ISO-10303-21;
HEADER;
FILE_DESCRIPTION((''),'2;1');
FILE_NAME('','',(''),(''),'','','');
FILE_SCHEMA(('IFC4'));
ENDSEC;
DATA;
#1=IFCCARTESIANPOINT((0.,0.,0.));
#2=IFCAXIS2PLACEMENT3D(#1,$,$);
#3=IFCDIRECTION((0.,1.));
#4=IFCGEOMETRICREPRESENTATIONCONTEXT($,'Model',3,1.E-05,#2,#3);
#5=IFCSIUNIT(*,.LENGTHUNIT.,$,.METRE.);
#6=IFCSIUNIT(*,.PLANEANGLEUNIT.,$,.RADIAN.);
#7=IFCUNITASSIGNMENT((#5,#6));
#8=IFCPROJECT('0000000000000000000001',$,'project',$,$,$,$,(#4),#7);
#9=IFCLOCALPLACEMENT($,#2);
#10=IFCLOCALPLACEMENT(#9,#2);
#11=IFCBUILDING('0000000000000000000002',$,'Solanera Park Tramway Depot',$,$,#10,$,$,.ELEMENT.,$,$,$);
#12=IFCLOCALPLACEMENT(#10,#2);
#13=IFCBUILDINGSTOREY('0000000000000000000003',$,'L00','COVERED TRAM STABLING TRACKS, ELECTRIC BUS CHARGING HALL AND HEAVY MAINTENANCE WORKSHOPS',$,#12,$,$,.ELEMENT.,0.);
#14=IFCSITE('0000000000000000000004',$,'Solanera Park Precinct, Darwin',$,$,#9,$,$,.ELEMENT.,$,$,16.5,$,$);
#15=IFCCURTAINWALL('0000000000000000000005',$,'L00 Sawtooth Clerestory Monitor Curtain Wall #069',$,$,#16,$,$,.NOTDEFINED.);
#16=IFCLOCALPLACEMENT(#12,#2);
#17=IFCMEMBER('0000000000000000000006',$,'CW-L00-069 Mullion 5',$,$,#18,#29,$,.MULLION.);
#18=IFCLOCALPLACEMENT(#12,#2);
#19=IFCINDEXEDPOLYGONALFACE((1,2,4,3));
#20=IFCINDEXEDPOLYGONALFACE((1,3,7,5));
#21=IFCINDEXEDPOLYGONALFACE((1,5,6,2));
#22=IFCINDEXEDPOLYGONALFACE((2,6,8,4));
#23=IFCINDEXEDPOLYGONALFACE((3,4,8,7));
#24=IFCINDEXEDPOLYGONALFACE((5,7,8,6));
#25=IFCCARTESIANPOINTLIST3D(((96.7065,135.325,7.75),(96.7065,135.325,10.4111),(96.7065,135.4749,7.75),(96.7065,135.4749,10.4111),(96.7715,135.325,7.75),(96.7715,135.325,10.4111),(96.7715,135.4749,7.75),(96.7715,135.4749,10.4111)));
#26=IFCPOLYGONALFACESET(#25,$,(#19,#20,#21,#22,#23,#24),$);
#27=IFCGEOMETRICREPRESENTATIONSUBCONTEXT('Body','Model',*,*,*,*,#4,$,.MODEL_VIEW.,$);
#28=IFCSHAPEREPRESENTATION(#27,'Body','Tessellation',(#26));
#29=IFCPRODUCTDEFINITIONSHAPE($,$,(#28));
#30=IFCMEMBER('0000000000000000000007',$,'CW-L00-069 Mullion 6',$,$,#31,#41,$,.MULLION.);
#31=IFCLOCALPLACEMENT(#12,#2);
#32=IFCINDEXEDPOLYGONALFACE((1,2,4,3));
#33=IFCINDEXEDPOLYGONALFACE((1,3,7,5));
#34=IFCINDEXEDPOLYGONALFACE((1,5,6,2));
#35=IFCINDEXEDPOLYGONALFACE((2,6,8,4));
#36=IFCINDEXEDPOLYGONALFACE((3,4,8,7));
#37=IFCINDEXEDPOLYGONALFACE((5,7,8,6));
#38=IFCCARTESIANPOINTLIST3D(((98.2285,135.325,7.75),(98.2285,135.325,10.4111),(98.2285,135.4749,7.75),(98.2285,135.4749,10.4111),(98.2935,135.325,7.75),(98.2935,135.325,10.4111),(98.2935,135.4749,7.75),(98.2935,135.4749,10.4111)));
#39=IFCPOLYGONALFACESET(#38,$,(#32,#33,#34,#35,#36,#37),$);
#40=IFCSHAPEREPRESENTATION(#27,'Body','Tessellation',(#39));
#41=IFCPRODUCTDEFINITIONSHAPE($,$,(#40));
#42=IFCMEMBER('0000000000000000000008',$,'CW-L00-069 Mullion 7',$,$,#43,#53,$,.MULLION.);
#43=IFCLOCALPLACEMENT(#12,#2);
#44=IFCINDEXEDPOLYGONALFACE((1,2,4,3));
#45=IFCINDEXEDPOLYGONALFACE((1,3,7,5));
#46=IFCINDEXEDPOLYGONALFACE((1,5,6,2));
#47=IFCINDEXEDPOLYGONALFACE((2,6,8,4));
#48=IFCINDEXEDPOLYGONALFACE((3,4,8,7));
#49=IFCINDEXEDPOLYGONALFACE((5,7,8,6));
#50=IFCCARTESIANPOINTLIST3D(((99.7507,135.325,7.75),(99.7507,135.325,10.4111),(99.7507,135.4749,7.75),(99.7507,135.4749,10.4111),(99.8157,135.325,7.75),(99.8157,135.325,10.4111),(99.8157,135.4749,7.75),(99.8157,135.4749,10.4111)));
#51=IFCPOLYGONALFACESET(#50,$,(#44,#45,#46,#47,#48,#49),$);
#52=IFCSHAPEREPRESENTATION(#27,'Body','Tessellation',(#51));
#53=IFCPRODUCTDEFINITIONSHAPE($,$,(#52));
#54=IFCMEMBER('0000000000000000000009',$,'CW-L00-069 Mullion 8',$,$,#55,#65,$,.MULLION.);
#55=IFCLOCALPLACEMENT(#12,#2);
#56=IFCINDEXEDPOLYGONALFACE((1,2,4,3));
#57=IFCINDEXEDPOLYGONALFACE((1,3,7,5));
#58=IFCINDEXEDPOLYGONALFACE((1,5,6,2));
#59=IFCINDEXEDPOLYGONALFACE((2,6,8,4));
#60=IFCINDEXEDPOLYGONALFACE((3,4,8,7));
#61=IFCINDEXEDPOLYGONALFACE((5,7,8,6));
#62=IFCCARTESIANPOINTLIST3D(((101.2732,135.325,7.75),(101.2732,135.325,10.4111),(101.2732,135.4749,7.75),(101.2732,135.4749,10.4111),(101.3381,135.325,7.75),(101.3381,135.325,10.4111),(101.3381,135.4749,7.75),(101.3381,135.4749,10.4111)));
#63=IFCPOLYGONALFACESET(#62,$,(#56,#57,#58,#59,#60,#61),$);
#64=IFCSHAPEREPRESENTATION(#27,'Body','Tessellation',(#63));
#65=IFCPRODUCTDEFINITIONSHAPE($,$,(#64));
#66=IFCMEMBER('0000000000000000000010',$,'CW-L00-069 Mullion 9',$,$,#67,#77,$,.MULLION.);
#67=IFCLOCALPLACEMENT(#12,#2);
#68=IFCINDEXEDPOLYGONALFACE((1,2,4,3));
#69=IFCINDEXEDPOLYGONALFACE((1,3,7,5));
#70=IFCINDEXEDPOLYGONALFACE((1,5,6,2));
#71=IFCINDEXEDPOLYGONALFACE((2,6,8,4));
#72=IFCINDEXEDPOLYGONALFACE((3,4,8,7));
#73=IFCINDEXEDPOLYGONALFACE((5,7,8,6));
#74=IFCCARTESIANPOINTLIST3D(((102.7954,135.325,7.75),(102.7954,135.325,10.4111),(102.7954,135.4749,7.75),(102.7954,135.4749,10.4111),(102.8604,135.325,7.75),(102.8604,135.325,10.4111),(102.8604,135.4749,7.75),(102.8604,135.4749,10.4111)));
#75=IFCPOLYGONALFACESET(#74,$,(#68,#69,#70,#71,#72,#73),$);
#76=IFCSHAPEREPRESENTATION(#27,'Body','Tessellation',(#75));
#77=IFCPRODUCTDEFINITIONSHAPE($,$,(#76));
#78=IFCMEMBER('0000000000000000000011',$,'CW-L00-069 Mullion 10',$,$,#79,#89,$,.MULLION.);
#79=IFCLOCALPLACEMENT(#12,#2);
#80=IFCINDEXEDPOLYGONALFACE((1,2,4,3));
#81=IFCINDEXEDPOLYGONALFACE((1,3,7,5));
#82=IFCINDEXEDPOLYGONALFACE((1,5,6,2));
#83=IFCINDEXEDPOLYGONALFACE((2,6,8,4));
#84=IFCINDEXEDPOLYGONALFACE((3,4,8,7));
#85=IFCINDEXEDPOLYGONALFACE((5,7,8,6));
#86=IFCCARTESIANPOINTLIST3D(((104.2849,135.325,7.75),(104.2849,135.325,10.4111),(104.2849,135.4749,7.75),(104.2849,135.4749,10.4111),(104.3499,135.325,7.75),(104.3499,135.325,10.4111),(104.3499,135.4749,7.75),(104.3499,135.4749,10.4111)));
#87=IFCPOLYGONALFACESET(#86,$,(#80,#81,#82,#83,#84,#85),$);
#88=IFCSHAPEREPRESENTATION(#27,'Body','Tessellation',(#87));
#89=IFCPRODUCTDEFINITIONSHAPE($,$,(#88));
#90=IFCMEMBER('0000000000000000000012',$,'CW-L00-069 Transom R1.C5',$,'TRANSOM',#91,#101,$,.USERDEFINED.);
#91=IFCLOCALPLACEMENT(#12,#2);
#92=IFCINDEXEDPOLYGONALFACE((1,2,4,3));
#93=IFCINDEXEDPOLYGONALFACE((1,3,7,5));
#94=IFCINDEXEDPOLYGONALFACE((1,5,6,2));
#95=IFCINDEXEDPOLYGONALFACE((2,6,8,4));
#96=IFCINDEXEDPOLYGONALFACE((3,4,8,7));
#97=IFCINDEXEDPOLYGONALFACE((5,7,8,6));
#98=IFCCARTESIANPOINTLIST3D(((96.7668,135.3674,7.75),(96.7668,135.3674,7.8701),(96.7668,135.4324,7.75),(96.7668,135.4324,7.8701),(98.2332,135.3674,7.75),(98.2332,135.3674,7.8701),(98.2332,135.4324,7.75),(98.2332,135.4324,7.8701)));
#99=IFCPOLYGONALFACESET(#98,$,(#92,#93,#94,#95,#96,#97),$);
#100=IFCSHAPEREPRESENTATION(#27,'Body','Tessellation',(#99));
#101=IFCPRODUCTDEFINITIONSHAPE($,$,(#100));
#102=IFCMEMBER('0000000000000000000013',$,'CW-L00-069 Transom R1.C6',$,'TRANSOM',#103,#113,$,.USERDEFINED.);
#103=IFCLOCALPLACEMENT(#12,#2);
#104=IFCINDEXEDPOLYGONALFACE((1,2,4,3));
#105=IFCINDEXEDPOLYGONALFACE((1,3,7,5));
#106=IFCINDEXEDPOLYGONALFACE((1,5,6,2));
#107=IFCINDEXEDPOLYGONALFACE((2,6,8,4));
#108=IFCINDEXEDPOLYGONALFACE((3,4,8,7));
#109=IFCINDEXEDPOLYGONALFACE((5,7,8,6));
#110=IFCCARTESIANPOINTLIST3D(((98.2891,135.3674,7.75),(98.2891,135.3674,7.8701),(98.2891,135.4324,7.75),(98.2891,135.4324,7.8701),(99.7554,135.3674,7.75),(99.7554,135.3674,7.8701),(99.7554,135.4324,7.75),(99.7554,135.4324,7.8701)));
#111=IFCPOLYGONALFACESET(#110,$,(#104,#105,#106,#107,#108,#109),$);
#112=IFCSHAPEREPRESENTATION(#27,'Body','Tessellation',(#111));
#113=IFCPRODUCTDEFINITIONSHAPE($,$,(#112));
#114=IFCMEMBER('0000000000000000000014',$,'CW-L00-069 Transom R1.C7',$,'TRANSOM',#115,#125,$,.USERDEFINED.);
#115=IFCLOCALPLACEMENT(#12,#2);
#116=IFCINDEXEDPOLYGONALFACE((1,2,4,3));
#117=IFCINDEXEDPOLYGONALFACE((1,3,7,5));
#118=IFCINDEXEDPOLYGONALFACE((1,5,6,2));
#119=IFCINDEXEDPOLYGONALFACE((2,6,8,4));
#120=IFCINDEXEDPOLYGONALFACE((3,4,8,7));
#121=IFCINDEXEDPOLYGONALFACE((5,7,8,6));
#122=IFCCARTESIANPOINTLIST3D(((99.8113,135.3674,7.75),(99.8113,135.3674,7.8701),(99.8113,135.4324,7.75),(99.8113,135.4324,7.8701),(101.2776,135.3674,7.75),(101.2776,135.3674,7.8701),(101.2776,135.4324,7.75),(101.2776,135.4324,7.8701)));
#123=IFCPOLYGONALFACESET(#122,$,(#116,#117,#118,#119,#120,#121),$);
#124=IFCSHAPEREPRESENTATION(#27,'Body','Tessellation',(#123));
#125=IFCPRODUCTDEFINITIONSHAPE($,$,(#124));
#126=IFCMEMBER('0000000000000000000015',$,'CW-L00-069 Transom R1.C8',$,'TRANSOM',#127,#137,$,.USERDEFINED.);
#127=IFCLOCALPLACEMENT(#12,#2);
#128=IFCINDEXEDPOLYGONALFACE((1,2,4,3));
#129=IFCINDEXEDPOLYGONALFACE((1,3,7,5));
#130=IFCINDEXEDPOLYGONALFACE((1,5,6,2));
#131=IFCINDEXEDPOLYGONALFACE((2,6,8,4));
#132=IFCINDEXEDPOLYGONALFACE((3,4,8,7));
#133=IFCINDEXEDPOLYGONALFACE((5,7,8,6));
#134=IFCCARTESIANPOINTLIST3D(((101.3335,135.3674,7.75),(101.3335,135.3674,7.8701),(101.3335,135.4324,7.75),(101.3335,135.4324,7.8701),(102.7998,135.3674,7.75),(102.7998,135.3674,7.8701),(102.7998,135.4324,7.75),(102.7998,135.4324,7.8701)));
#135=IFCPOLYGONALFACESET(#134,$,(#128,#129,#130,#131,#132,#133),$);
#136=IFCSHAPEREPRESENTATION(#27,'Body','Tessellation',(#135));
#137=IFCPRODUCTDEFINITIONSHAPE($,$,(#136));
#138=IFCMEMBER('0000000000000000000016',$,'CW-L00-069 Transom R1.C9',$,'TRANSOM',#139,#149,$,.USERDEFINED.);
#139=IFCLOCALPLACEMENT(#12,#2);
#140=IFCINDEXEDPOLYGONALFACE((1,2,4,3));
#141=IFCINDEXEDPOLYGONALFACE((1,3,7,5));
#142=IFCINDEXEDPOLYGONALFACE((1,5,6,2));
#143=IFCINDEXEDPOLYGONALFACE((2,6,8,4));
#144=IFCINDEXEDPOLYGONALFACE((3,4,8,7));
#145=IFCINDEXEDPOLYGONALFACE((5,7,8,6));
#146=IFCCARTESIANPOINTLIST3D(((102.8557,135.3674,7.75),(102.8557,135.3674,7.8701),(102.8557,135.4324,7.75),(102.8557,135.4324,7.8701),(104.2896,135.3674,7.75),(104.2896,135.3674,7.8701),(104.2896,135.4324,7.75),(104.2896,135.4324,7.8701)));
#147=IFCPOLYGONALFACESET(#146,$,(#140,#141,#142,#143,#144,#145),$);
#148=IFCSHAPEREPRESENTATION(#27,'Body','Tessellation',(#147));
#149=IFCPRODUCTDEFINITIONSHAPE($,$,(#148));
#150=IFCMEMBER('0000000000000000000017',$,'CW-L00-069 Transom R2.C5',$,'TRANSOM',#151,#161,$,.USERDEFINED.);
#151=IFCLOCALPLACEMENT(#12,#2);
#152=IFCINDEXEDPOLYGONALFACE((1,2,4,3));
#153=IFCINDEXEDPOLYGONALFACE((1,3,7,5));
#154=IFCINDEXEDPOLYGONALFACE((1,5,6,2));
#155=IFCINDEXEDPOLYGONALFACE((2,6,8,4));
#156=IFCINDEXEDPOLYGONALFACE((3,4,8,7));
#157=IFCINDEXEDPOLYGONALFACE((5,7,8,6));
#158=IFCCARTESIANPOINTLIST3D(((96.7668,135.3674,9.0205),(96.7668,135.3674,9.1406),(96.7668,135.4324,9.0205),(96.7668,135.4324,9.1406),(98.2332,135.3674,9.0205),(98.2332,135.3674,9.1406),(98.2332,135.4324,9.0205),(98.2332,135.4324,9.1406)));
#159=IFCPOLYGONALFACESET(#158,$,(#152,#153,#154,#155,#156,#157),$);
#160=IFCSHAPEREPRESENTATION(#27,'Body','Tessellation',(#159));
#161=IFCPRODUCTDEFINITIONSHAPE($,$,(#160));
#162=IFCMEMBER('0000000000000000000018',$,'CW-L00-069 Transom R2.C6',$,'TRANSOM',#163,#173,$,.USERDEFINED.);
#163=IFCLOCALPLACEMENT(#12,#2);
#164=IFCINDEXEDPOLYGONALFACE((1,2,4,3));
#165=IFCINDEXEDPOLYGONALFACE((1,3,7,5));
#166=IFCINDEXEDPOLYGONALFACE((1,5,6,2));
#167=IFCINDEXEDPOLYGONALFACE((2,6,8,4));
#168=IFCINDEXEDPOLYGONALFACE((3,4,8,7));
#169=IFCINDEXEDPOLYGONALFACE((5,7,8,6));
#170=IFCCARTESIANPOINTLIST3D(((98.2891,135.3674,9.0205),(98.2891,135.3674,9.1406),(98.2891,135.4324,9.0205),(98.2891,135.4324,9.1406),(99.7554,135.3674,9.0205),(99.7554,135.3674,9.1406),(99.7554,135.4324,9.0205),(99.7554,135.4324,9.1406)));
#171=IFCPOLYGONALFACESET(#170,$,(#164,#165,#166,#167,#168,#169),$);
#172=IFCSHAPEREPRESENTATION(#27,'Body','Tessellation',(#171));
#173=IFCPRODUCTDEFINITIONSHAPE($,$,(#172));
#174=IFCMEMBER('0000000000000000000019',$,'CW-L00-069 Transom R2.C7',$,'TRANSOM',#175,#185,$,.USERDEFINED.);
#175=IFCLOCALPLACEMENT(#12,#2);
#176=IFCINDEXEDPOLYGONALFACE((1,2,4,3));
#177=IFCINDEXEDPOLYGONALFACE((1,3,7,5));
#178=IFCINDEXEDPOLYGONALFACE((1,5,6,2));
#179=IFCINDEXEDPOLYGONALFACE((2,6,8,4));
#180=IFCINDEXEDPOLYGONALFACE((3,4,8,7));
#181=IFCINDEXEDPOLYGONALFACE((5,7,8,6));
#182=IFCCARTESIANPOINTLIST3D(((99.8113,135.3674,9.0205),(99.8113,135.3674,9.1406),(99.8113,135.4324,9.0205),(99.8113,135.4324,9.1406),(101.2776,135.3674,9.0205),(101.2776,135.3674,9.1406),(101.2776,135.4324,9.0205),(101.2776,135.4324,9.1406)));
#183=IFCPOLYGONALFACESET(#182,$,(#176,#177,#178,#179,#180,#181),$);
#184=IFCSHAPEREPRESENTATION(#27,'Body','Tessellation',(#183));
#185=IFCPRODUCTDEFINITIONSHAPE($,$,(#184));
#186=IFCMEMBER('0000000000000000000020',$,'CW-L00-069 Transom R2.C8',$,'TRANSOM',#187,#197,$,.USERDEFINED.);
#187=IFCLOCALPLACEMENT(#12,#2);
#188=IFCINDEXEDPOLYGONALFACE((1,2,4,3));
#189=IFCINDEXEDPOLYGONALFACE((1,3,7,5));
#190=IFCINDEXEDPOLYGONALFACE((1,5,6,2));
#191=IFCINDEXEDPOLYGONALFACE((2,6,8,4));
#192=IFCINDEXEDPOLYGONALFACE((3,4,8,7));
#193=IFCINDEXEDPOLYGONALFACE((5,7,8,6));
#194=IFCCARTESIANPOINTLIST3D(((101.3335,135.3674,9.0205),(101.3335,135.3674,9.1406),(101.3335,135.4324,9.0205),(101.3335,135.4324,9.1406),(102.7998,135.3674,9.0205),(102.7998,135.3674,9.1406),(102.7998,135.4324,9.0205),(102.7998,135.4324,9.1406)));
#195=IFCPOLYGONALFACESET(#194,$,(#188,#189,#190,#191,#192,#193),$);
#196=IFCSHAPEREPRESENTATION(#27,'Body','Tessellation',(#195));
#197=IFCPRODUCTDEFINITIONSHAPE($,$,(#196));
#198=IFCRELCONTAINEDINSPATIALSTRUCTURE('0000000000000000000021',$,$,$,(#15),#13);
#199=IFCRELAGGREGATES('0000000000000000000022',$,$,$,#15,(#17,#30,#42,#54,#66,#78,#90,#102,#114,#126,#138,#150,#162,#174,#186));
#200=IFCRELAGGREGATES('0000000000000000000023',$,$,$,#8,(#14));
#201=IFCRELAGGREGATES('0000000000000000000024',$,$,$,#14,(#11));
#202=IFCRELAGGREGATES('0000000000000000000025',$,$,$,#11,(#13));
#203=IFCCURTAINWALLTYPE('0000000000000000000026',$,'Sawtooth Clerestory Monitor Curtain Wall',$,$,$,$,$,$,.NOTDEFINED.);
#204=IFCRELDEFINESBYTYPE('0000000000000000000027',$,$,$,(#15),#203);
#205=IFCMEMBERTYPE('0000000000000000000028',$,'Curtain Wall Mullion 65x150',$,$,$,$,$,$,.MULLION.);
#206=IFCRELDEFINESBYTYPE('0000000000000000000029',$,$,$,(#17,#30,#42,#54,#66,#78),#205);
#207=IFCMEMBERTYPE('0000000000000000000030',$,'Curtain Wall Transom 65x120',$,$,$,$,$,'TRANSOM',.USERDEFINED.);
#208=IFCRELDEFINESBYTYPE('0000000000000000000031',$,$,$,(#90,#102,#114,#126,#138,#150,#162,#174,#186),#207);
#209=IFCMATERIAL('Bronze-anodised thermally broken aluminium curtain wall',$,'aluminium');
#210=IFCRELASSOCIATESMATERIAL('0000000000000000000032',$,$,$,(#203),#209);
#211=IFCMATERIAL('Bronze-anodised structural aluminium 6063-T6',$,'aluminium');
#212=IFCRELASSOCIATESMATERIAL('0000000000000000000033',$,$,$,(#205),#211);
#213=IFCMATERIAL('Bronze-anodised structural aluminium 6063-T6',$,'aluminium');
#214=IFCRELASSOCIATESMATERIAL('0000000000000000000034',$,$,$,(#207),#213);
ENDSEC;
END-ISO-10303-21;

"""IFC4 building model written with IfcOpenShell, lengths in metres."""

from ifc_helpers import new_model, si_unit, direction, frame, origin, origin_2d, place, context, subcontext, project, spatial, rectangle, extrude, material, material_profile, profile_set, type_object, element, aggregate, save


model = new_model("IFC4")

# Units and contexts
model_context = context("Model", 3, precision=1e-05, world=origin(), true_north=direction((0.0, 1.0)))
body_context = subcontext(model_context, "Body", "Model", "MODEL_VIEW")
ifc_project = project(units=[si_unit("LENGTHUNIT", "METRE"), si_unit("PLANEANGLEUNIT", "RADIAN")], contexts=[model_context])

# Site, building, storey
site_placement = place(None, origin())
site = spatial("IfcSite", under=ifc_project, at=site_placement, Name="Solanera Park Precinct, Darwin", CompositionType="ELEMENT", RefElevation=16.5)
building_placement = place(site_placement, origin())
building = spatial("IfcBuilding", under=site, at=building_placement, Name="Solanera Park Tramway Depot", CompositionType="ELEMENT")
storey_placement = place(building_placement, origin())
storey = spatial("IfcBuildingStorey", under=building, at=storey_placement, Name="L00", Description="COVERED TRAM STABLING TRACKS, ELECTRIC BUS CHARGING HALL AND HEAVY MAINTENANCE WORKSHOPS", CompositionType="ELEMENT", Elevation=0.0)

# Curtain wall, members
ifc_material_1 = material(Name="Bronze-anodised thermally broken aluminium curtain wall", Category="aluminium")
curtain_wall_type = type_object("IfcCurtainWallType", Name="Sawtooth Clerestory Monitor Curtain Wall", PredefinedType="NOTDEFINED", material=ifc_material_1)
curtain_wall_placement = place(storey_placement, origin())
curtain_wall = element("IfcCurtainWall", 1, at=curtain_wall_placement, inside=storey, type_object=curtain_wall_type, Name="L00 Sawtooth Clerestory Monitor Curtain Wall #069", PredefinedType="NOTDEFINED")
ifc_material_2 = material(Name="Bronze-anodised structural aluminium 6063-T6", Category="aluminium")
ifc_material_profile_1 = material_profile(ifc_material_2, rectangle(XDim=0.0649, YDim=0.1499, at=origin_2d()), Name="Curtain Wall Mullion 65x150")
ifc_profile_set_1 = profile_set([ifc_material_profile_1], Name="Bronze-anodised structural aluminium 6063-T6")
member_type_1 = type_object("IfcMemberType", Name="Curtain Wall Mullion 65x150", PredefinedType="MULLION", material=ifc_profile_set_1)
member_1_placement = place(storey_placement, frame((96.739, 135.3999, 7.75), z_axis=(0.0, 0.0, 1.0), x_axis=(1.0, 0.0, 0.0)))
member_1 = element("IfcMember", 2, at=member_1_placement, type_object=member_type_1, Name="CW-L00-069 Mullion 5", PredefinedType="MULLION", context=body_context, shape_type="SweptSolid", body=[
    extrude(rectangle(XDim=0.0649, YDim=0.1499, at=origin_2d()), origin(), (0.0, 0.0, 1.0), 2.6611),
])
member_2_placement = place(storey_placement, frame((98.261, 135.3999, 7.75), z_axis=(0.0, 0.0, 1.0), x_axis=(1.0, 0.0, 0.0)))
member_2 = element("IfcMember", 3, at=member_2_placement, type_object=member_type_1, Name="CW-L00-069 Mullion 6", PredefinedType="MULLION", context=body_context, shape_type="SweptSolid", body=[
    extrude(rectangle(XDim=0.0649, YDim=0.1499, at=origin_2d()), origin(), (0.0, 0.0, 1.0), 2.6611),
])
member_3_placement = place(storey_placement, frame((99.7832, 135.3999, 7.75), z_axis=(0.0, 0.0, 1.0), x_axis=(1.0, 0.0, 0.0)))
member_3 = element("IfcMember", 4, at=member_3_placement, type_object=member_type_1, Name="CW-L00-069 Mullion 7", PredefinedType="MULLION", context=body_context, shape_type="SweptSolid", body=[
    extrude(rectangle(XDim=0.0649, YDim=0.1499, at=origin_2d()), origin(), (0.0, 0.0, 1.0), 2.6611),
])
member_4_placement = place(storey_placement, frame((101.3057, 135.3999, 7.75), z_axis=(0.0, 0.0, 1.0), x_axis=(1.0, 0.0, 0.0)))
member_4 = element("IfcMember", 5, at=member_4_placement, type_object=member_type_1, Name="CW-L00-069 Mullion 8", PredefinedType="MULLION", context=body_context, shape_type="SweptSolid", body=[
    extrude(rectangle(XDim=0.0649, YDim=0.1499, at=origin_2d()), origin(), (0.0, 0.0, 1.0), 2.6611),
])
member_5_placement = place(storey_placement, frame((102.8279, 135.3999, 7.75), z_axis=(0.0, 0.0, 1.0), x_axis=(1.0, 0.0, 0.0)))
member_5 = element("IfcMember", 6, at=member_5_placement, type_object=member_type_1, Name="CW-L00-069 Mullion 9", PredefinedType="MULLION", context=body_context, shape_type="SweptSolid", body=[
    extrude(rectangle(XDim=0.0649, YDim=0.1499, at=origin_2d()), origin(), (0.0, 0.0, 1.0), 2.6611),
])
member_6_placement = place(storey_placement, frame((104.3174, 135.3999, 7.75), z_axis=(0.0, 0.0, 1.0), x_axis=(1.0, 0.0, 0.0)))
member_6 = element("IfcMember", 7, at=member_6_placement, type_object=member_type_1, Name="CW-L00-069 Mullion 10", PredefinedType="MULLION", context=body_context, shape_type="SweptSolid", body=[
    extrude(rectangle(XDim=0.0649, YDim=0.1499, at=origin_2d()), origin(), (0.0, 0.0, 1.0), 2.6611),
])
ifc_material_3 = material(Name="Bronze-anodised structural aluminium 6063-T6", Category="aluminium")
ifc_material_profile_2 = material_profile(ifc_material_3, rectangle(XDim=0.0649, YDim=0.1201, at=origin_2d()), Name="Curtain Wall Transom 65x120")
ifc_profile_set_2 = profile_set([ifc_material_profile_2], Name="Bronze-anodised structural aluminium 6063-T6")
member_type_2 = type_object("IfcMemberType", Name="Curtain Wall Transom 65x120", ElementType="TRANSOM", PredefinedType="USERDEFINED", material=ifc_profile_set_2)
member_7_placement = place(storey_placement, frame((96.7668, 135.3999, 7.8101), z_axis=(1.0, 0.0, 0.0), x_axis=(0.0, 1.0, 0.0)))
member_7 = element("IfcMember", 8, at=member_7_placement, type_object=member_type_2, Name="CW-L00-069 Transom R1.C5", ObjectType="TRANSOM", PredefinedType="USERDEFINED", context=body_context, shape_type="SweptSolid", body=[
    extrude(rectangle(XDim=0.0649, YDim=0.1201, at=origin_2d()), origin(), (0.0, 0.0, 1.0), 1.4663),
])
member_8_placement = place(storey_placement, frame((98.2891, 135.3999, 7.8101), z_axis=(1.0, 0.0, 0.0), x_axis=(0.0, 1.0, 0.0)))
member_8 = element("IfcMember", 9, at=member_8_placement, type_object=member_type_2, Name="CW-L00-069 Transom R1.C6", ObjectType="TRANSOM", PredefinedType="USERDEFINED", context=body_context, shape_type="SweptSolid", body=[
    extrude(rectangle(XDim=0.0649, YDim=0.1201, at=origin_2d()), origin(), (0.0, 0.0, 1.0), 1.4663),
])
member_9_placement = place(storey_placement, frame((99.8113, 135.3999, 7.8101), z_axis=(1.0, 0.0, 0.0), x_axis=(0.0, 1.0, 0.0)))
member_9 = element("IfcMember", 10, at=member_9_placement, type_object=member_type_2, Name="CW-L00-069 Transom R1.C7", ObjectType="TRANSOM", PredefinedType="USERDEFINED", context=body_context, shape_type="SweptSolid", body=[
    extrude(rectangle(XDim=0.0649, YDim=0.1201, at=origin_2d()), origin(), (0.0, 0.0, 1.0), 1.4663),
])
member_10_placement = place(storey_placement, frame((101.3335, 135.3999, 7.8101), z_axis=(1.0, 0.0, 0.0), x_axis=(0.0, 1.0, 0.0)))
member_10 = element("IfcMember", 11, at=member_10_placement, type_object=member_type_2, Name="CW-L00-069 Transom R1.C8", ObjectType="TRANSOM", PredefinedType="USERDEFINED", context=body_context, shape_type="SweptSolid", body=[
    extrude(rectangle(XDim=0.0649, YDim=0.1201, at=origin_2d()), origin(), (0.0, 0.0, 1.0), 1.4663),
])
member_11_placement = place(storey_placement, frame((102.8557, 135.3999, 7.8101), z_axis=(1.0, 0.0, 0.0), x_axis=(0.0, 1.0, 0.0)))
member_11 = element("IfcMember", 12, at=member_11_placement, type_object=member_type_2, Name="CW-L00-069 Transom R1.C9", ObjectType="TRANSOM", PredefinedType="USERDEFINED", context=body_context, shape_type="SweptSolid", body=[
    extrude(rectangle(XDim=0.0649, YDim=0.1201, at=origin_2d()), origin(), (0.0, 0.0, 1.0), 1.4338),
])
member_12_placement = place(storey_placement, frame((96.7668, 135.3999, 9.0806), z_axis=(1.0, 0.0, 0.0), x_axis=(0.0, 1.0, 0.0)))
member_12 = element("IfcMember", 13, at=member_12_placement, type_object=member_type_2, Name="CW-L00-069 Transom R2.C5", ObjectType="TRANSOM", PredefinedType="USERDEFINED", context=body_context, shape_type="SweptSolid", body=[
    extrude(rectangle(XDim=0.0649, YDim=0.1201, at=origin_2d()), origin(), (0.0, 0.0, 1.0), 1.4663),
])
member_13_placement = place(storey_placement, frame((98.2891, 135.3999, 9.0806), z_axis=(1.0, 0.0, 0.0), x_axis=(0.0, 1.0, 0.0)))
member_13 = element("IfcMember", 14, at=member_13_placement, type_object=member_type_2, Name="CW-L00-069 Transom R2.C6", ObjectType="TRANSOM", PredefinedType="USERDEFINED", context=body_context, shape_type="SweptSolid", body=[
    extrude(rectangle(XDim=0.0649, YDim=0.1201, at=origin_2d()), origin(), (0.0, 0.0, 1.0), 1.4663),
])
member_14_placement = place(storey_placement, frame((99.8113, 135.3999, 9.0806), z_axis=(1.0, 0.0, 0.0), x_axis=(0.0, 1.0, 0.0)))
member_14 = element("IfcMember", 15, at=member_14_placement, type_object=member_type_2, Name="CW-L00-069 Transom R2.C7", ObjectType="TRANSOM", PredefinedType="USERDEFINED", context=body_context, shape_type="SweptSolid", body=[
    extrude(rectangle(XDim=0.0649, YDim=0.1201, at=origin_2d()), origin(), (0.0, 0.0, 1.0), 1.4663),
])
member_15_placement = place(storey_placement, frame((101.3335, 135.3999, 9.0806), z_axis=(1.0, 0.0, 0.0), x_axis=(0.0, 1.0, 0.0)))
member_15 = element("IfcMember", 16, at=member_15_placement, type_object=member_type_2, Name="CW-L00-069 Transom R2.C8", ObjectType="TRANSOM", PredefinedType="USERDEFINED", context=body_context, shape_type="SweptSolid", body=[
    extrude(rectangle(XDim=0.0649, YDim=0.1201, at=origin_2d()), origin(), (0.0, 0.0, 1.0), 1.4663),
])
aggregate(curtain_wall, [member_1, member_2, member_3, member_4, member_5, member_6, member_7, member_8, member_9, member_10, member_11, member_12, member_13, member_14, member_15])

save(model, "model.ifc")
